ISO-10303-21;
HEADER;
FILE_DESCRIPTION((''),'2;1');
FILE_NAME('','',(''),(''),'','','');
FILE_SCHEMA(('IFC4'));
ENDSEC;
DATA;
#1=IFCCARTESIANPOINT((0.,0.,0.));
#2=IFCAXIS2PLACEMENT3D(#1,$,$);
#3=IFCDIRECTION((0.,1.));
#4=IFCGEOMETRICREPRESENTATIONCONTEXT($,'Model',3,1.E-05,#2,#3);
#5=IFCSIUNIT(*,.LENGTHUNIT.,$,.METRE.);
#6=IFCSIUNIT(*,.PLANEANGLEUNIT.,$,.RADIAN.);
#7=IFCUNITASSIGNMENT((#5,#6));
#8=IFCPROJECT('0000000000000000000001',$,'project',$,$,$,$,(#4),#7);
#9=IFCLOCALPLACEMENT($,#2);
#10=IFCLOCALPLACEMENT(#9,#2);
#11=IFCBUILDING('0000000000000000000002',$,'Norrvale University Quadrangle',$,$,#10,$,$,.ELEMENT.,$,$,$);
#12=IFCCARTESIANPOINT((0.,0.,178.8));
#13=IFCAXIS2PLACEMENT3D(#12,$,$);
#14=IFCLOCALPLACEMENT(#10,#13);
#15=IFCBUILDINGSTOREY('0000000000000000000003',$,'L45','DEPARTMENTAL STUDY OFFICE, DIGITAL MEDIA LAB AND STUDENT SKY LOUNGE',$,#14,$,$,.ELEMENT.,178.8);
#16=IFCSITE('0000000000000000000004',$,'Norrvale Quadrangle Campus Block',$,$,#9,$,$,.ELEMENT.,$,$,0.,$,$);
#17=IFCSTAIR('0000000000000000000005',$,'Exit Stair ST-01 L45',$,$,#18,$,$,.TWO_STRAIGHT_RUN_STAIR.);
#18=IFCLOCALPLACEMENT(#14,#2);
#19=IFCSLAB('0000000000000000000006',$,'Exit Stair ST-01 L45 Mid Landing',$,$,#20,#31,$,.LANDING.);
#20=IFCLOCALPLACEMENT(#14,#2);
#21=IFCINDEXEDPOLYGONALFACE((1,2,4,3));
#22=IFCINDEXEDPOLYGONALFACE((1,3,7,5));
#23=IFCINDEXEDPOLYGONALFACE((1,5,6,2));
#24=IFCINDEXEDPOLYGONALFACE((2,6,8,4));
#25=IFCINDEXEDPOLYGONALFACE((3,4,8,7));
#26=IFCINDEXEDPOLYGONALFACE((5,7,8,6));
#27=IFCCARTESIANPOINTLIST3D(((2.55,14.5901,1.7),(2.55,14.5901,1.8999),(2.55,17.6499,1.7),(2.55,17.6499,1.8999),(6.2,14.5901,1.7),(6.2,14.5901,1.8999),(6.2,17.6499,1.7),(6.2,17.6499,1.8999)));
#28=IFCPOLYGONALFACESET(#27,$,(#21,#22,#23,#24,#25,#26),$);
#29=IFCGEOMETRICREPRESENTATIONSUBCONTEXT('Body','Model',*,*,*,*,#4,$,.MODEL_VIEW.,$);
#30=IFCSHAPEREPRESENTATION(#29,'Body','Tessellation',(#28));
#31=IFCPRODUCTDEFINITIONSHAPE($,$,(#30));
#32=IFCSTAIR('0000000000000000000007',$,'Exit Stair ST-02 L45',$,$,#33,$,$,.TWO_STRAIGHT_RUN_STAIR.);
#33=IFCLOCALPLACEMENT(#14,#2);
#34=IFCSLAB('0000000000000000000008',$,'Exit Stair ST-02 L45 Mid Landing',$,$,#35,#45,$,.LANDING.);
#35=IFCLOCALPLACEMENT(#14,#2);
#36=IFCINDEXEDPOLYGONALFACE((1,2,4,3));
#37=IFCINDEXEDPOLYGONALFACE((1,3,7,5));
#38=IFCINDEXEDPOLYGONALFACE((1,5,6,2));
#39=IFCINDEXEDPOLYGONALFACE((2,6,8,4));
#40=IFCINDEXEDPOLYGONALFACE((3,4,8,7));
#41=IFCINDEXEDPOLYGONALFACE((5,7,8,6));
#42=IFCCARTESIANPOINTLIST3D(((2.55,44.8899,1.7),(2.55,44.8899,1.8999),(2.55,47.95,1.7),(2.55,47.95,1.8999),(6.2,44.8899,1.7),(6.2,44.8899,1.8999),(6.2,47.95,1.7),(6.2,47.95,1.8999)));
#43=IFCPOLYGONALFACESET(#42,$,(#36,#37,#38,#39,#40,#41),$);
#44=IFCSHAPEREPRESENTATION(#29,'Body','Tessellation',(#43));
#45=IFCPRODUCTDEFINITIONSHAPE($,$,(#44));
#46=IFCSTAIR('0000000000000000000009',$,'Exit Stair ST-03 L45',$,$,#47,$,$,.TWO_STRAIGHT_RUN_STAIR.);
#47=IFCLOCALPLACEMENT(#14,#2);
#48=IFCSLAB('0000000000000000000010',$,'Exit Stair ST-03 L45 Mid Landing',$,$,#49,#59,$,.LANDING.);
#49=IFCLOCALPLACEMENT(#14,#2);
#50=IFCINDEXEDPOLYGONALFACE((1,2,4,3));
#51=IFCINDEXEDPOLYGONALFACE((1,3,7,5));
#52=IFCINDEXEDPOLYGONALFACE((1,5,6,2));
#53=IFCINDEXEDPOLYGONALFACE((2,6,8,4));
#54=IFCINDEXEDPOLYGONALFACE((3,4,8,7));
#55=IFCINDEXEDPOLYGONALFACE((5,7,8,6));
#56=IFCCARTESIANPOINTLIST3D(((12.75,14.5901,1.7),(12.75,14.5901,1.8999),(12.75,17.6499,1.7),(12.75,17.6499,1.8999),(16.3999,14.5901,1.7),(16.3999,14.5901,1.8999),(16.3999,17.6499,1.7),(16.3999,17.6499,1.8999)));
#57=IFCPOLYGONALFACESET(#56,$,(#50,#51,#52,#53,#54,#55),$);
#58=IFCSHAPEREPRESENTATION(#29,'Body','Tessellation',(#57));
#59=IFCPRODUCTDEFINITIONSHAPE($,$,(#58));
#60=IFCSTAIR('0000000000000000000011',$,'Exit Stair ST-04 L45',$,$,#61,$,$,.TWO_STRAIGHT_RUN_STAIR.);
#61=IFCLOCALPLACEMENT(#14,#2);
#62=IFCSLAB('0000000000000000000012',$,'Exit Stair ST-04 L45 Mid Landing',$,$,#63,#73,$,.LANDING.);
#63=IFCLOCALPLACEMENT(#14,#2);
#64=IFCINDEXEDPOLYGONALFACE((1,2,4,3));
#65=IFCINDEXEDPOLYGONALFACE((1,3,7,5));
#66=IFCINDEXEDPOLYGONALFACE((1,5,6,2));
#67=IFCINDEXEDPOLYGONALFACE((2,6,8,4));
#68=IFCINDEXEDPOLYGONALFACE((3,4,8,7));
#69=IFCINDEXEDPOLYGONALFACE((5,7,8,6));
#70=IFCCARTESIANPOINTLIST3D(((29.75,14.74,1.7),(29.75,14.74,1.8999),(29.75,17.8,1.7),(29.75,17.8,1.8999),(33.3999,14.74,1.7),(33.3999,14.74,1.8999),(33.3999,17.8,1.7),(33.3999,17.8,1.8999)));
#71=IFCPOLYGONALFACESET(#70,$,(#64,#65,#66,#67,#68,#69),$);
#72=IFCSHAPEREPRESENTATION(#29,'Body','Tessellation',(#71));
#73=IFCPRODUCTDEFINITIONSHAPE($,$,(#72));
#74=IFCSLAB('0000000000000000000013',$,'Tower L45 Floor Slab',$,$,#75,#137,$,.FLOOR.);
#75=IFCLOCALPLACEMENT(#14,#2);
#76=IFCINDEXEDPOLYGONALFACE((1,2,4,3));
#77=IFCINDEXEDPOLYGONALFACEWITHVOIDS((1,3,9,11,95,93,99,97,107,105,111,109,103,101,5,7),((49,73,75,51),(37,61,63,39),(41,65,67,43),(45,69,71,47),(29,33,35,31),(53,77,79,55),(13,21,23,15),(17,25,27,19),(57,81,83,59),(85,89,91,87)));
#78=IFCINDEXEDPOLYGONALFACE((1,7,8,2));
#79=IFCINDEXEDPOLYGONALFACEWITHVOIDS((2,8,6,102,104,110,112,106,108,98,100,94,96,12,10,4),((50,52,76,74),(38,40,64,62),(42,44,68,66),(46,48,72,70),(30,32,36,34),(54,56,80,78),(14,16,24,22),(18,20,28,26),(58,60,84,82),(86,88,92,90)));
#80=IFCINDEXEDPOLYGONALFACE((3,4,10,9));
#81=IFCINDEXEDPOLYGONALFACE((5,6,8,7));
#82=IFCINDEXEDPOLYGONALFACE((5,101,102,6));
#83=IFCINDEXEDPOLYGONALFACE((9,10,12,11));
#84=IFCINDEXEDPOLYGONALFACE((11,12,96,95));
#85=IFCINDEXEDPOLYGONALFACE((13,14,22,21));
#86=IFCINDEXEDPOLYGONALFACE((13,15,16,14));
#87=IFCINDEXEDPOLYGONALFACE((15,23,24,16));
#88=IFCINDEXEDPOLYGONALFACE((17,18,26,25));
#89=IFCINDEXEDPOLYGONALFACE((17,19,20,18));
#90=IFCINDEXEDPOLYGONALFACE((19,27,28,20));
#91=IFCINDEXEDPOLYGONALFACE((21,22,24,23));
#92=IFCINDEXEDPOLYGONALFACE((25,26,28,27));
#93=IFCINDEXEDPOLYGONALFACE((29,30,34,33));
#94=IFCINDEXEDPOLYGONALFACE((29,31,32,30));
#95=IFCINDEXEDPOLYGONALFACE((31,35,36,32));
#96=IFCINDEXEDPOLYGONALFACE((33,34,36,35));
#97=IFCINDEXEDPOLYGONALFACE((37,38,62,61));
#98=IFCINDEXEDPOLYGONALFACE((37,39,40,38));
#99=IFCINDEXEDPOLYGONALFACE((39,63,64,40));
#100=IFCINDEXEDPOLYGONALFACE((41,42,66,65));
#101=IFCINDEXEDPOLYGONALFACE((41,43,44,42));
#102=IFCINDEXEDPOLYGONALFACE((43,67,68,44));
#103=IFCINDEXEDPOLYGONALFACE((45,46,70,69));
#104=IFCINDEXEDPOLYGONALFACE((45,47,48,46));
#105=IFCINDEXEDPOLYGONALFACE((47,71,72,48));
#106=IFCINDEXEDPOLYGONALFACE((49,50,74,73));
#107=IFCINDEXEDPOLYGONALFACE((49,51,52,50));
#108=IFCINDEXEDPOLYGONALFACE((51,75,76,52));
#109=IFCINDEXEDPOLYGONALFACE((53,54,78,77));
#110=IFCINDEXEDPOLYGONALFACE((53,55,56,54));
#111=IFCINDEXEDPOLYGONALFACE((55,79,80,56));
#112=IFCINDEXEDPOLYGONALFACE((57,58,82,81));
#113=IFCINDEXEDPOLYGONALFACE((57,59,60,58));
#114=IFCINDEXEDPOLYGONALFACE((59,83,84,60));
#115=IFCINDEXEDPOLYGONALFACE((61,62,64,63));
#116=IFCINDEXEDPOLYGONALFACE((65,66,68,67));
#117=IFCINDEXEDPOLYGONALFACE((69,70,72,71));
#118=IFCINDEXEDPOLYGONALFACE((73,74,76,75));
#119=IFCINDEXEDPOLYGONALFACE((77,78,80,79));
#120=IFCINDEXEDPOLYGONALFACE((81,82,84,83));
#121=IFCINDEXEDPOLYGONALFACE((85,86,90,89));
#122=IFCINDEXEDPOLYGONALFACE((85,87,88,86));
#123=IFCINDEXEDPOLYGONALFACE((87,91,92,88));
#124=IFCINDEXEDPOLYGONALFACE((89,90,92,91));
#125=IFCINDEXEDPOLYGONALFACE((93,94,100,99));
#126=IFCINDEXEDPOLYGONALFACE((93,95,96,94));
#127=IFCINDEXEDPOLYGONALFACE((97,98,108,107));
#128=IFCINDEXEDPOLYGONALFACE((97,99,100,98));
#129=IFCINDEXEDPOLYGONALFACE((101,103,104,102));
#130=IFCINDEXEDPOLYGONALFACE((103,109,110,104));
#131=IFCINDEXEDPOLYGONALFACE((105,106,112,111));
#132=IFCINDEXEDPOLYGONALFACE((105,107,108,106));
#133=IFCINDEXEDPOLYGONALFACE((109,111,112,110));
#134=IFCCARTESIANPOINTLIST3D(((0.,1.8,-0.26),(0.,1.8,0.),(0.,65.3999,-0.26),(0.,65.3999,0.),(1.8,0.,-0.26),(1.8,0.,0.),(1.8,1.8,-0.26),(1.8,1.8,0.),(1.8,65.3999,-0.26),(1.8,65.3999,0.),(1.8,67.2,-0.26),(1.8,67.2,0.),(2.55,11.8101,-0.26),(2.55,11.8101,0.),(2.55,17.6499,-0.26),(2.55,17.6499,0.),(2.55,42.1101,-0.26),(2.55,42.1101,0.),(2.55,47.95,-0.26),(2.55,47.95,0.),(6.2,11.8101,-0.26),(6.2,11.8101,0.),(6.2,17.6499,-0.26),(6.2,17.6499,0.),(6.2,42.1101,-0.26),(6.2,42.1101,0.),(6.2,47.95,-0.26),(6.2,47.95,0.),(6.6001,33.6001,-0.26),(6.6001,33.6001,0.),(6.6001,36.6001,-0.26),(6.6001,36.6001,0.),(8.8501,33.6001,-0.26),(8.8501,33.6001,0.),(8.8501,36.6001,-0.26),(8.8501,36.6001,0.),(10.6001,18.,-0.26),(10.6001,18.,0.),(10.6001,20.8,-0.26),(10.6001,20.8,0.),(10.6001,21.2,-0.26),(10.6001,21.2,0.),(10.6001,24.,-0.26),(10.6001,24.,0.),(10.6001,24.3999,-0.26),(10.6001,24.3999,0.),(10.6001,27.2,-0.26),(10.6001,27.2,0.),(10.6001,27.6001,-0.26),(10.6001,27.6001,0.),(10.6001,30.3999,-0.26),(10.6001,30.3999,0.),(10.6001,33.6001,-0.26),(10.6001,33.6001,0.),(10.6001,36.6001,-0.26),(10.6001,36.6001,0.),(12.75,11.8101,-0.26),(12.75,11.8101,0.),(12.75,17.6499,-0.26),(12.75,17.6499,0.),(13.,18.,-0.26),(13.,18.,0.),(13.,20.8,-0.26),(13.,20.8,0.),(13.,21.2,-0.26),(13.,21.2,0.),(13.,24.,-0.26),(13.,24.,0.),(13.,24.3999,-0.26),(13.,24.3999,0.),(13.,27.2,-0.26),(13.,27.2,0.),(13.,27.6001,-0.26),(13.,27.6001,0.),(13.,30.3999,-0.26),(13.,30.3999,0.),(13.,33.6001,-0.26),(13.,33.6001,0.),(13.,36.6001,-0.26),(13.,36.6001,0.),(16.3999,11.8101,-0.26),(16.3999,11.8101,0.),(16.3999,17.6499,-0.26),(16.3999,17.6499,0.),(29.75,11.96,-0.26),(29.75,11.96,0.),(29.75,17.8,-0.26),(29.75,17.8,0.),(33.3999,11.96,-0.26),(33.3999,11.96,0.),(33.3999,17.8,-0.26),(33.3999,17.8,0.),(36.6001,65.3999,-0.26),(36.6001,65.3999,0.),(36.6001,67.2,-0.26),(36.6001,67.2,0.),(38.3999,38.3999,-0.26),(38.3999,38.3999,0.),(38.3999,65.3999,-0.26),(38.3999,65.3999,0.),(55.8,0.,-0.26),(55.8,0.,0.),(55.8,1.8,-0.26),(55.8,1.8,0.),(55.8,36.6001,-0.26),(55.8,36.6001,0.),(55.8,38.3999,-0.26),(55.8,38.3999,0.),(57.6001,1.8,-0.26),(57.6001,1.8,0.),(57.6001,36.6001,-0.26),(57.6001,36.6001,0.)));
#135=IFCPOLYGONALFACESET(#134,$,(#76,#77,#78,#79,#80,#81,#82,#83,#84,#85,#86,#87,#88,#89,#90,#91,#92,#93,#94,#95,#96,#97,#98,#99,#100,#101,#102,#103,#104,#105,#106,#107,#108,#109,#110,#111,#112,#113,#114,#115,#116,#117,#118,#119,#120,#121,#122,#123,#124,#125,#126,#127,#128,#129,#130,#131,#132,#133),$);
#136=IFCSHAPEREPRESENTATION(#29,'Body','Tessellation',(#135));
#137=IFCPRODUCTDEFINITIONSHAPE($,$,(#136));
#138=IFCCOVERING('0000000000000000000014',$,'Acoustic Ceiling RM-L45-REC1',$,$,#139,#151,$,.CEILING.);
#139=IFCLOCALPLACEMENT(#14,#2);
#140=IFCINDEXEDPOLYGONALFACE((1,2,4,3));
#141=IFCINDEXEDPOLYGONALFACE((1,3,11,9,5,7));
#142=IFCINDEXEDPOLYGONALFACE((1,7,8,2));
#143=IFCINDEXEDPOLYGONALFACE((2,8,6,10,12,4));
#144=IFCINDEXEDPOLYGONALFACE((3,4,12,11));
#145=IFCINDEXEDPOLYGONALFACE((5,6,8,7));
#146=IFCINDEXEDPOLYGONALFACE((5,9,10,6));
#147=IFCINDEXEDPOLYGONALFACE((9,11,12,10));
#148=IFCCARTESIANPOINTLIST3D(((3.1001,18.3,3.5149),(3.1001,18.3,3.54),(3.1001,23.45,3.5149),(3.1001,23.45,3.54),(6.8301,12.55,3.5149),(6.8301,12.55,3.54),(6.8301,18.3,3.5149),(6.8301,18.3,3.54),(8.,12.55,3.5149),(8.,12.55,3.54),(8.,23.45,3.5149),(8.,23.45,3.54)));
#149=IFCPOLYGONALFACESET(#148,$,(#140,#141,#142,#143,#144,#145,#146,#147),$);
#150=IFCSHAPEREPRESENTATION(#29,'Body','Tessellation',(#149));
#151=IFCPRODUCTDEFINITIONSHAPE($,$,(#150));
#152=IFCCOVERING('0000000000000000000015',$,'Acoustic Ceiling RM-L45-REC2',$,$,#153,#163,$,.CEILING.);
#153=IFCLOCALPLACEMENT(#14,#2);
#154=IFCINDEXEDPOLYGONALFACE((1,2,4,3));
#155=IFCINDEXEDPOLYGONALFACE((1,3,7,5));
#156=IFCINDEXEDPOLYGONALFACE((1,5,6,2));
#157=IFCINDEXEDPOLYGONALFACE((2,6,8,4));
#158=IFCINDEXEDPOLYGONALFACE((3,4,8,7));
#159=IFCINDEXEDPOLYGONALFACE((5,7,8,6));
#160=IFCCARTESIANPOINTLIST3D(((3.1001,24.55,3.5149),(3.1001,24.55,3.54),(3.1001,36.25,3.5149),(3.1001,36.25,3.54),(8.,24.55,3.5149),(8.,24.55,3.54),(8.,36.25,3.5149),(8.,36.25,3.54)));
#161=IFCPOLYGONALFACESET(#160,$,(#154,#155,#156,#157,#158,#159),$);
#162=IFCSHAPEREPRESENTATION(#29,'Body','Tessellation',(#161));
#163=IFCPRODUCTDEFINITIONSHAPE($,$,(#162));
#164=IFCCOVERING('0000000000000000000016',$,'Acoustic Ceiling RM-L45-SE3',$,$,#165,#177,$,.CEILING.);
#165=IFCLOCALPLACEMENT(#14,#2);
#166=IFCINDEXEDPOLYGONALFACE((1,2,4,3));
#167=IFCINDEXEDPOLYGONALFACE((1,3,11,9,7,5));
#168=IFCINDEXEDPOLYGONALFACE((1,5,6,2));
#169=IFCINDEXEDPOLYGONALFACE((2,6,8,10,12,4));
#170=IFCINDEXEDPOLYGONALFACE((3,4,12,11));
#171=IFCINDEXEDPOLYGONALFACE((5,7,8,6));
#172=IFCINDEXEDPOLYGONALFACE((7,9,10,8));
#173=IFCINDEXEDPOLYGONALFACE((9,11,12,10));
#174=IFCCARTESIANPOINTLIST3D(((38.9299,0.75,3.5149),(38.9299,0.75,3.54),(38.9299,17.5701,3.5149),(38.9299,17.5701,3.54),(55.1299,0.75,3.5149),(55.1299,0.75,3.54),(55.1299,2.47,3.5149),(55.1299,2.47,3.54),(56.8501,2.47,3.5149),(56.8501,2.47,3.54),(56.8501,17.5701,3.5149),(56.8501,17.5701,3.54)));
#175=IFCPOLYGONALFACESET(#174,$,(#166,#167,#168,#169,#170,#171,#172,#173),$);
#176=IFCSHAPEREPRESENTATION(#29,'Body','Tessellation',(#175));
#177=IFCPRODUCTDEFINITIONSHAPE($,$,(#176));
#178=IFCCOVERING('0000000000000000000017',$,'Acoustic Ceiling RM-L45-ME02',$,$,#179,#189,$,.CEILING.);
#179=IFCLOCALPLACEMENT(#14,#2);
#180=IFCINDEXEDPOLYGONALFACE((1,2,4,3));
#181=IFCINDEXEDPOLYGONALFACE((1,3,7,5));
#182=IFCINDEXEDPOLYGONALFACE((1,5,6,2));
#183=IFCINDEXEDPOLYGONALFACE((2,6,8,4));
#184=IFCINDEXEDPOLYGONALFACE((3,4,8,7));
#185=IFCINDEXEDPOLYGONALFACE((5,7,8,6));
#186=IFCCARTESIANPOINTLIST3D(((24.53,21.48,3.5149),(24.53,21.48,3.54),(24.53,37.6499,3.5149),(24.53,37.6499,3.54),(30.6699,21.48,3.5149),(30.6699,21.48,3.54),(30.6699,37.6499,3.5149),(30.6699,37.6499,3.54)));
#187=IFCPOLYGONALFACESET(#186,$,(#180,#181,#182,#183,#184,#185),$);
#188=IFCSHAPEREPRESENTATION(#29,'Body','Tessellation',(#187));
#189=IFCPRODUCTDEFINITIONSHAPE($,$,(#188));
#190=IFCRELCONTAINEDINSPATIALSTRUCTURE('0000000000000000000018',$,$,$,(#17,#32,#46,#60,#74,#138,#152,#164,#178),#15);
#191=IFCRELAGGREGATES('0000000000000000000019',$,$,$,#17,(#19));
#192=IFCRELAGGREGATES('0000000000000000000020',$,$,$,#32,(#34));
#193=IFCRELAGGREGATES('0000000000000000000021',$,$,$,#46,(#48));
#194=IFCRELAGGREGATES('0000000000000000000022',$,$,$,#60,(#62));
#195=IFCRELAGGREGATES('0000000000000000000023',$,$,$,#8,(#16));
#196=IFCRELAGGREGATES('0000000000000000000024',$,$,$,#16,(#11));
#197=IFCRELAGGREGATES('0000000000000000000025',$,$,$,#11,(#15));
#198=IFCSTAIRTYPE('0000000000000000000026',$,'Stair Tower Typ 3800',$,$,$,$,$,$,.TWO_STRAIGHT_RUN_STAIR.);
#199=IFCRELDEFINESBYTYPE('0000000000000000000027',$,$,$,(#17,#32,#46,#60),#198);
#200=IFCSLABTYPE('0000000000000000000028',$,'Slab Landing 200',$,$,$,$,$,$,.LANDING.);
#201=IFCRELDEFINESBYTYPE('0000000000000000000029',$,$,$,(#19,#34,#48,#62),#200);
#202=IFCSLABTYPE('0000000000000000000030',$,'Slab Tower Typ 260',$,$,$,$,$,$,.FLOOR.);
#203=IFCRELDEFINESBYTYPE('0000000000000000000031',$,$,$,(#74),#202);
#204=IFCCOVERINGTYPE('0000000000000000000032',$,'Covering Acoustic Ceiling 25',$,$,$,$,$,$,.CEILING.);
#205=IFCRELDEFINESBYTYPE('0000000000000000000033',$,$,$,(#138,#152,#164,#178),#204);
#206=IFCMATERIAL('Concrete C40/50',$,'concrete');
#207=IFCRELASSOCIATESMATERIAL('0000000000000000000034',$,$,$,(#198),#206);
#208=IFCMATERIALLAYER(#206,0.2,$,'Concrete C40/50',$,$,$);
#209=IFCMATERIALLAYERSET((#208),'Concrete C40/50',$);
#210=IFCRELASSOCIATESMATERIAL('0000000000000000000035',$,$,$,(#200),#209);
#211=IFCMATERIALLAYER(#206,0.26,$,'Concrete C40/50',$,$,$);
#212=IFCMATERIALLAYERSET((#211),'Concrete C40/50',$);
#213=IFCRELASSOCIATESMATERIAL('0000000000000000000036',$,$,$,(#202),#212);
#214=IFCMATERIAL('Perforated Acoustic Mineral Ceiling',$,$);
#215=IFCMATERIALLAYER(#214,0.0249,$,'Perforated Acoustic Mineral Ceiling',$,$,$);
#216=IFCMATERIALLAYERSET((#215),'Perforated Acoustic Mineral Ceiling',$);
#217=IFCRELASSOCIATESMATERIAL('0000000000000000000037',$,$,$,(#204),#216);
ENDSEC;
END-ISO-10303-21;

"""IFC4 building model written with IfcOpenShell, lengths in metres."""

from ifc_helpers import new_model, si_unit, direction, frame, origin, place, context, subcontext, project, spatial, polyline, outline, extrude, material, layer, layer_set, type_object, element, aggregate, save


model = new_model("IFC4")

# Units and contexts
model_context = context("Model", 3, precision=1e-05, world=origin(), true_north=direction((0.0, 1.0)))
body_context = subcontext(model_context, "Body", "Model", "MODEL_VIEW")
ifc_project = project(units=[si_unit("LENGTHUNIT", "METRE"), si_unit("PLANEANGLEUNIT", "RADIAN")], contexts=[model_context])

# Site, building, storey
site_placement = place(None, origin())
site = spatial("IfcSite", under=ifc_project, at=site_placement, Name="Norrvale Quadrangle Campus Block", CompositionType="ELEMENT", RefElevation=0.0)
building_placement = place(site_placement, origin())
building = spatial("IfcBuilding", under=site, at=building_placement, Name="Norrvale University Quadrangle", CompositionType="ELEMENT")
storey_placement = place(building_placement, frame((0.0, 0.0, 178.8)))
storey = spatial("IfcBuildingStorey", under=building, at=storey_placement, Name="L45", Description="DEPARTMENTAL STUDY OFFICE, DIGITAL MEDIA LAB AND STUDENT SKY LOUNGE", CompositionType="ELEMENT", Elevation=178.8)

# Stairs, slabs
ifc_material_1 = material(Name="Concrete C40/50", Category="concrete")
stair_type = type_object("IfcStairType", Name="Stair Tower Typ 3800", PredefinedType="TWO_STRAIGHT_RUN_STAIR", material=ifc_material_1)
stair_1_placement = place(storey_placement, origin())
stair_1 = element("IfcStair", 1, at=stair_1_placement, inside=storey, type_object=stair_type, Name="Exit Stair ST-01 L45", PredefinedType="TWO_STRAIGHT_RUN_STAIR")
ifc_layer_1 = layer(ifc_material_1, 0.2, Name="Concrete C40/50")
ifc_layer_set_1 = layer_set([ifc_layer_1], Name="Concrete C40/50")
slab_type_1 = type_object("IfcSlabType", Name="Slab Landing 200", PredefinedType="LANDING", material=ifc_layer_set_1)
slab_1_placement = place(storey_placement, frame((0.0, 0.0, 1.7)))
slab_1 = element("IfcSlab", 2, at=slab_1_placement, type_object=slab_type_1, Name="Exit Stair ST-01 L45 Mid Landing", PredefinedType="LANDING", context=body_context, shape_type="SweptSolid", body=[
    extrude(outline(polyline([(2.55, 14.5901), (6.2, 14.5901), (6.2, 17.6499), (2.55, 17.6499), (2.55, 14.5901)])), origin(), (0.0, 0.0, 1.0), 0.2),
])
aggregate(stair_1, [slab_1])
stair_2_placement = place(storey_placement, origin())
stair_2 = element("IfcStair", 3, at=stair_2_placement, inside=storey, type_object=stair_type, Name="Exit Stair ST-02 L45", PredefinedType="TWO_STRAIGHT_RUN_STAIR")
slab_2_placement = place(storey_placement, frame((0.0, 0.0, 1.7)))
slab_2 = element("IfcSlab", 4, at=slab_2_placement, type_object=slab_type_1, Name="Exit Stair ST-02 L45 Mid Landing", PredefinedType="LANDING", context=body_context, shape_type="SweptSolid", body=[
    extrude(outline(polyline([(2.55, 44.8899), (6.2, 44.8899), (6.2, 47.95), (2.55, 47.95), (2.55, 44.8899)])), origin(), (0.0, 0.0, 1.0), 0.2),
])
aggregate(stair_2, [slab_2])
stair_3_placement = place(storey_placement, origin())
stair_3 = element("IfcStair", 5, at=stair_3_placement, inside=storey, type_object=stair_type, Name="Exit Stair ST-03 L45", PredefinedType="TWO_STRAIGHT_RUN_STAIR")
slab_3_placement = place(storey_placement, frame((0.0, 0.0, 1.7)))
slab_3 = element("IfcSlab", 6, at=slab_3_placement, type_object=slab_type_1, Name="Exit Stair ST-03 L45 Mid Landing", PredefinedType="LANDING", context=body_context, shape_type="SweptSolid", body=[
    extrude(outline(polyline([(12.75, 14.5901), (16.3999, 14.5901), (16.3999, 17.6499), (12.75, 17.6499), (12.75, 14.5901)])), origin(), (0.0, 0.0, 1.0), 0.2),
])
aggregate(stair_3, [slab_3])
stair_4_placement = place(storey_placement, origin())
stair_4 = element("IfcStair", 7, at=stair_4_placement, inside=storey, type_object=stair_type, Name="Exit Stair ST-04 L45", PredefinedType="TWO_STRAIGHT_RUN_STAIR")
slab_4_placement = place(storey_placement, frame((0.0, 0.0, 1.7)))
slab_4 = element("IfcSlab", 8, at=slab_4_placement, type_object=slab_type_1, Name="Exit Stair ST-04 L45 Mid Landing", PredefinedType="LANDING", context=body_context, shape_type="SweptSolid", body=[
    extrude(outline(polyline([(29.75, 14.74), (33.3999, 14.74), (33.3999, 17.8), (29.75, 17.8), (29.75, 14.74)])), origin(), (0.0, 0.0, 1.0), 0.2),
])
aggregate(stair_4, [slab_4])

# Slab
ifc_layer_2 = layer(ifc_material_1, 0.26, Name="Concrete C40/50")
ifc_layer_set_2 = layer_set([ifc_layer_2], Name="Concrete C40/50")
slab_type_2 = type_object("IfcSlabType", Name="Slab Tower Typ 260", PredefinedType="FLOOR", material=ifc_layer_set_2)
slab_5_placement = place(storey_placement, frame((0.0, 0.0, -0.26)))
element("IfcSlab", 9, at=slab_5_placement, inside=storey, type_object=slab_type_2, Name="Tower L45 Floor Slab", PredefinedType="FLOOR", context=body_context, shape_type="SweptSolid", body=[
    extrude(outline(polyline([(1.8, 0.0), (55.8, 0.0), (55.8, 1.8), (57.6001, 1.8), (57.6001, 36.6001), (55.8, 36.6001), (55.8, 38.3999), (38.3999, 38.3999), (38.3999, 65.3999), (36.6001, 65.3999), (36.6001, 67.2), (1.8, 67.2), (1.8, 65.3999), (0.0, 65.3999), (0.0, 1.8), (1.8, 1.8), (1.8, 0.0)]), holes=[polyline([(2.55, 11.8101), (6.2, 11.8101), (6.2, 17.6499), (2.55, 17.6499), (2.55, 11.8101)]), polyline([(2.55, 42.1101), (6.2, 42.1101), (6.2, 47.95), (2.55, 47.95), (2.55, 42.1101)]), polyline([(12.75, 11.8101), (16.3999, 11.8101), (16.3999, 17.6499), (12.75, 17.6499), (12.75, 11.8101)]), polyline([(29.75, 11.96), (33.3999, 11.96), (33.3999, 17.8), (29.75, 17.8), (29.75, 11.96)]), polyline([(10.6001, 18.0), (13.0, 18.0), (13.0, 20.8), (10.6001, 20.8), (10.6001, 18.0)]), polyline([(10.6001, 21.2), (13.0, 21.2), (13.0, 24.0), (10.6001, 24.0), (10.6001, 21.2)]), polyline([(10.6001, 24.3999), (13.0, 24.3999), (13.0, 27.2), (10.6001, 27.2), (10.6001, 24.3999)]), polyline([(10.6001, 27.6001), (13.0, 27.6001), (13.0, 30.3999), (10.6001, 30.3999), (10.6001, 27.6001)]), polyline([(6.6001, 33.6001), (8.8501, 33.6001), (8.8501, 36.6001), (6.6001, 36.6001), (6.6001, 33.6001)]), polyline([(10.6001, 33.6001), (13.0, 33.6001), (13.0, 36.6001), (10.6001, 36.6001), (10.6001, 33.6001)])]), origin(), (0.0, 0.0, 1.0), 0.26),
])

# Coverings
ifc_material_2 = material(Name="Perforated Acoustic Mineral Ceiling")
ifc_layer_3 = layer(ifc_material_2, 0.0249, Name="Perforated Acoustic Mineral Ceiling")
ifc_layer_set_3 = layer_set([ifc_layer_3], Name="Perforated Acoustic Mineral Ceiling")
covering_type_1 = type_object("IfcCoveringType", Name="Covering Acoustic Ceiling 25", PredefinedType="CEILING", material=ifc_layer_set_3)
covering_1_placement = place(storey_placement, frame((0.0, 0.0, 3.5149)))
element("IfcCovering", 10, at=covering_1_placement, inside=storey, type_object=covering_type_1, Name="Acoustic Ceiling RM-L45-REC1", PredefinedType="CEILING", context=body_context, shape_type="SweptSolid", body=[
    extrude(outline(polyline([(3.1001, 18.3), (3.1001, 23.45), (8.0, 23.45), (8.0, 12.55), (6.8301, 12.55), (6.8301, 18.3), (3.1001, 18.3)])), origin(), (0.0, 0.0, 1.0), 0.0251),
])
covering_2_placement = place(storey_placement, frame((0.0, 0.0, 3.5149)))
element("IfcCovering", 11, at=covering_2_placement, inside=storey, type_object=covering_type_1, Name="Acoustic Ceiling RM-L45-REC2", PredefinedType="CEILING", context=body_context, shape_type="SweptSolid", body=[
    extrude(outline(polyline([(3.1001, 24.55), (3.1001, 36.25), (8.0, 36.25), (8.0, 24.55), (3.1001, 24.55)])), origin(), (0.0, 0.0, 1.0), 0.0251),
])
covering_3_placement = place(storey_placement, frame((0.0, 0.0, 3.5149)))
element("IfcCovering", 12, at=covering_3_placement, inside=storey, type_object=covering_type_1, Name="Acoustic Ceiling RM-L45-SE3", PredefinedType="CEILING", context=body_context, shape_type="SweptSolid", body=[
    extrude(outline(polyline([(38.9299, 0.75), (38.9299, 17.5701), (56.8501, 17.5701), (56.8501, 2.47), (55.1299, 2.47), (55.1299, 0.75), (38.9299, 0.75)])), origin(), (0.0, 0.0, 1.0), 0.0251),
])
covering_4_placement = place(storey_placement, frame((0.0, 0.0, 3.5149)))
element("IfcCovering", 13, at=covering_4_placement, inside=storey, type_object=covering_type_1, Name="Acoustic Ceiling RM-L45-ME02", PredefinedType="CEILING", context=body_context, shape_type="SweptSolid", body=[
    extrude(outline(polyline([(24.53, 37.6499), (30.6699, 37.6499), (30.6699, 21.48), (24.53, 21.48), (24.53, 37.6499)])), origin(), (0.0, 0.0, 1.0), 0.0251),
])

save(model, "model.ifc")
